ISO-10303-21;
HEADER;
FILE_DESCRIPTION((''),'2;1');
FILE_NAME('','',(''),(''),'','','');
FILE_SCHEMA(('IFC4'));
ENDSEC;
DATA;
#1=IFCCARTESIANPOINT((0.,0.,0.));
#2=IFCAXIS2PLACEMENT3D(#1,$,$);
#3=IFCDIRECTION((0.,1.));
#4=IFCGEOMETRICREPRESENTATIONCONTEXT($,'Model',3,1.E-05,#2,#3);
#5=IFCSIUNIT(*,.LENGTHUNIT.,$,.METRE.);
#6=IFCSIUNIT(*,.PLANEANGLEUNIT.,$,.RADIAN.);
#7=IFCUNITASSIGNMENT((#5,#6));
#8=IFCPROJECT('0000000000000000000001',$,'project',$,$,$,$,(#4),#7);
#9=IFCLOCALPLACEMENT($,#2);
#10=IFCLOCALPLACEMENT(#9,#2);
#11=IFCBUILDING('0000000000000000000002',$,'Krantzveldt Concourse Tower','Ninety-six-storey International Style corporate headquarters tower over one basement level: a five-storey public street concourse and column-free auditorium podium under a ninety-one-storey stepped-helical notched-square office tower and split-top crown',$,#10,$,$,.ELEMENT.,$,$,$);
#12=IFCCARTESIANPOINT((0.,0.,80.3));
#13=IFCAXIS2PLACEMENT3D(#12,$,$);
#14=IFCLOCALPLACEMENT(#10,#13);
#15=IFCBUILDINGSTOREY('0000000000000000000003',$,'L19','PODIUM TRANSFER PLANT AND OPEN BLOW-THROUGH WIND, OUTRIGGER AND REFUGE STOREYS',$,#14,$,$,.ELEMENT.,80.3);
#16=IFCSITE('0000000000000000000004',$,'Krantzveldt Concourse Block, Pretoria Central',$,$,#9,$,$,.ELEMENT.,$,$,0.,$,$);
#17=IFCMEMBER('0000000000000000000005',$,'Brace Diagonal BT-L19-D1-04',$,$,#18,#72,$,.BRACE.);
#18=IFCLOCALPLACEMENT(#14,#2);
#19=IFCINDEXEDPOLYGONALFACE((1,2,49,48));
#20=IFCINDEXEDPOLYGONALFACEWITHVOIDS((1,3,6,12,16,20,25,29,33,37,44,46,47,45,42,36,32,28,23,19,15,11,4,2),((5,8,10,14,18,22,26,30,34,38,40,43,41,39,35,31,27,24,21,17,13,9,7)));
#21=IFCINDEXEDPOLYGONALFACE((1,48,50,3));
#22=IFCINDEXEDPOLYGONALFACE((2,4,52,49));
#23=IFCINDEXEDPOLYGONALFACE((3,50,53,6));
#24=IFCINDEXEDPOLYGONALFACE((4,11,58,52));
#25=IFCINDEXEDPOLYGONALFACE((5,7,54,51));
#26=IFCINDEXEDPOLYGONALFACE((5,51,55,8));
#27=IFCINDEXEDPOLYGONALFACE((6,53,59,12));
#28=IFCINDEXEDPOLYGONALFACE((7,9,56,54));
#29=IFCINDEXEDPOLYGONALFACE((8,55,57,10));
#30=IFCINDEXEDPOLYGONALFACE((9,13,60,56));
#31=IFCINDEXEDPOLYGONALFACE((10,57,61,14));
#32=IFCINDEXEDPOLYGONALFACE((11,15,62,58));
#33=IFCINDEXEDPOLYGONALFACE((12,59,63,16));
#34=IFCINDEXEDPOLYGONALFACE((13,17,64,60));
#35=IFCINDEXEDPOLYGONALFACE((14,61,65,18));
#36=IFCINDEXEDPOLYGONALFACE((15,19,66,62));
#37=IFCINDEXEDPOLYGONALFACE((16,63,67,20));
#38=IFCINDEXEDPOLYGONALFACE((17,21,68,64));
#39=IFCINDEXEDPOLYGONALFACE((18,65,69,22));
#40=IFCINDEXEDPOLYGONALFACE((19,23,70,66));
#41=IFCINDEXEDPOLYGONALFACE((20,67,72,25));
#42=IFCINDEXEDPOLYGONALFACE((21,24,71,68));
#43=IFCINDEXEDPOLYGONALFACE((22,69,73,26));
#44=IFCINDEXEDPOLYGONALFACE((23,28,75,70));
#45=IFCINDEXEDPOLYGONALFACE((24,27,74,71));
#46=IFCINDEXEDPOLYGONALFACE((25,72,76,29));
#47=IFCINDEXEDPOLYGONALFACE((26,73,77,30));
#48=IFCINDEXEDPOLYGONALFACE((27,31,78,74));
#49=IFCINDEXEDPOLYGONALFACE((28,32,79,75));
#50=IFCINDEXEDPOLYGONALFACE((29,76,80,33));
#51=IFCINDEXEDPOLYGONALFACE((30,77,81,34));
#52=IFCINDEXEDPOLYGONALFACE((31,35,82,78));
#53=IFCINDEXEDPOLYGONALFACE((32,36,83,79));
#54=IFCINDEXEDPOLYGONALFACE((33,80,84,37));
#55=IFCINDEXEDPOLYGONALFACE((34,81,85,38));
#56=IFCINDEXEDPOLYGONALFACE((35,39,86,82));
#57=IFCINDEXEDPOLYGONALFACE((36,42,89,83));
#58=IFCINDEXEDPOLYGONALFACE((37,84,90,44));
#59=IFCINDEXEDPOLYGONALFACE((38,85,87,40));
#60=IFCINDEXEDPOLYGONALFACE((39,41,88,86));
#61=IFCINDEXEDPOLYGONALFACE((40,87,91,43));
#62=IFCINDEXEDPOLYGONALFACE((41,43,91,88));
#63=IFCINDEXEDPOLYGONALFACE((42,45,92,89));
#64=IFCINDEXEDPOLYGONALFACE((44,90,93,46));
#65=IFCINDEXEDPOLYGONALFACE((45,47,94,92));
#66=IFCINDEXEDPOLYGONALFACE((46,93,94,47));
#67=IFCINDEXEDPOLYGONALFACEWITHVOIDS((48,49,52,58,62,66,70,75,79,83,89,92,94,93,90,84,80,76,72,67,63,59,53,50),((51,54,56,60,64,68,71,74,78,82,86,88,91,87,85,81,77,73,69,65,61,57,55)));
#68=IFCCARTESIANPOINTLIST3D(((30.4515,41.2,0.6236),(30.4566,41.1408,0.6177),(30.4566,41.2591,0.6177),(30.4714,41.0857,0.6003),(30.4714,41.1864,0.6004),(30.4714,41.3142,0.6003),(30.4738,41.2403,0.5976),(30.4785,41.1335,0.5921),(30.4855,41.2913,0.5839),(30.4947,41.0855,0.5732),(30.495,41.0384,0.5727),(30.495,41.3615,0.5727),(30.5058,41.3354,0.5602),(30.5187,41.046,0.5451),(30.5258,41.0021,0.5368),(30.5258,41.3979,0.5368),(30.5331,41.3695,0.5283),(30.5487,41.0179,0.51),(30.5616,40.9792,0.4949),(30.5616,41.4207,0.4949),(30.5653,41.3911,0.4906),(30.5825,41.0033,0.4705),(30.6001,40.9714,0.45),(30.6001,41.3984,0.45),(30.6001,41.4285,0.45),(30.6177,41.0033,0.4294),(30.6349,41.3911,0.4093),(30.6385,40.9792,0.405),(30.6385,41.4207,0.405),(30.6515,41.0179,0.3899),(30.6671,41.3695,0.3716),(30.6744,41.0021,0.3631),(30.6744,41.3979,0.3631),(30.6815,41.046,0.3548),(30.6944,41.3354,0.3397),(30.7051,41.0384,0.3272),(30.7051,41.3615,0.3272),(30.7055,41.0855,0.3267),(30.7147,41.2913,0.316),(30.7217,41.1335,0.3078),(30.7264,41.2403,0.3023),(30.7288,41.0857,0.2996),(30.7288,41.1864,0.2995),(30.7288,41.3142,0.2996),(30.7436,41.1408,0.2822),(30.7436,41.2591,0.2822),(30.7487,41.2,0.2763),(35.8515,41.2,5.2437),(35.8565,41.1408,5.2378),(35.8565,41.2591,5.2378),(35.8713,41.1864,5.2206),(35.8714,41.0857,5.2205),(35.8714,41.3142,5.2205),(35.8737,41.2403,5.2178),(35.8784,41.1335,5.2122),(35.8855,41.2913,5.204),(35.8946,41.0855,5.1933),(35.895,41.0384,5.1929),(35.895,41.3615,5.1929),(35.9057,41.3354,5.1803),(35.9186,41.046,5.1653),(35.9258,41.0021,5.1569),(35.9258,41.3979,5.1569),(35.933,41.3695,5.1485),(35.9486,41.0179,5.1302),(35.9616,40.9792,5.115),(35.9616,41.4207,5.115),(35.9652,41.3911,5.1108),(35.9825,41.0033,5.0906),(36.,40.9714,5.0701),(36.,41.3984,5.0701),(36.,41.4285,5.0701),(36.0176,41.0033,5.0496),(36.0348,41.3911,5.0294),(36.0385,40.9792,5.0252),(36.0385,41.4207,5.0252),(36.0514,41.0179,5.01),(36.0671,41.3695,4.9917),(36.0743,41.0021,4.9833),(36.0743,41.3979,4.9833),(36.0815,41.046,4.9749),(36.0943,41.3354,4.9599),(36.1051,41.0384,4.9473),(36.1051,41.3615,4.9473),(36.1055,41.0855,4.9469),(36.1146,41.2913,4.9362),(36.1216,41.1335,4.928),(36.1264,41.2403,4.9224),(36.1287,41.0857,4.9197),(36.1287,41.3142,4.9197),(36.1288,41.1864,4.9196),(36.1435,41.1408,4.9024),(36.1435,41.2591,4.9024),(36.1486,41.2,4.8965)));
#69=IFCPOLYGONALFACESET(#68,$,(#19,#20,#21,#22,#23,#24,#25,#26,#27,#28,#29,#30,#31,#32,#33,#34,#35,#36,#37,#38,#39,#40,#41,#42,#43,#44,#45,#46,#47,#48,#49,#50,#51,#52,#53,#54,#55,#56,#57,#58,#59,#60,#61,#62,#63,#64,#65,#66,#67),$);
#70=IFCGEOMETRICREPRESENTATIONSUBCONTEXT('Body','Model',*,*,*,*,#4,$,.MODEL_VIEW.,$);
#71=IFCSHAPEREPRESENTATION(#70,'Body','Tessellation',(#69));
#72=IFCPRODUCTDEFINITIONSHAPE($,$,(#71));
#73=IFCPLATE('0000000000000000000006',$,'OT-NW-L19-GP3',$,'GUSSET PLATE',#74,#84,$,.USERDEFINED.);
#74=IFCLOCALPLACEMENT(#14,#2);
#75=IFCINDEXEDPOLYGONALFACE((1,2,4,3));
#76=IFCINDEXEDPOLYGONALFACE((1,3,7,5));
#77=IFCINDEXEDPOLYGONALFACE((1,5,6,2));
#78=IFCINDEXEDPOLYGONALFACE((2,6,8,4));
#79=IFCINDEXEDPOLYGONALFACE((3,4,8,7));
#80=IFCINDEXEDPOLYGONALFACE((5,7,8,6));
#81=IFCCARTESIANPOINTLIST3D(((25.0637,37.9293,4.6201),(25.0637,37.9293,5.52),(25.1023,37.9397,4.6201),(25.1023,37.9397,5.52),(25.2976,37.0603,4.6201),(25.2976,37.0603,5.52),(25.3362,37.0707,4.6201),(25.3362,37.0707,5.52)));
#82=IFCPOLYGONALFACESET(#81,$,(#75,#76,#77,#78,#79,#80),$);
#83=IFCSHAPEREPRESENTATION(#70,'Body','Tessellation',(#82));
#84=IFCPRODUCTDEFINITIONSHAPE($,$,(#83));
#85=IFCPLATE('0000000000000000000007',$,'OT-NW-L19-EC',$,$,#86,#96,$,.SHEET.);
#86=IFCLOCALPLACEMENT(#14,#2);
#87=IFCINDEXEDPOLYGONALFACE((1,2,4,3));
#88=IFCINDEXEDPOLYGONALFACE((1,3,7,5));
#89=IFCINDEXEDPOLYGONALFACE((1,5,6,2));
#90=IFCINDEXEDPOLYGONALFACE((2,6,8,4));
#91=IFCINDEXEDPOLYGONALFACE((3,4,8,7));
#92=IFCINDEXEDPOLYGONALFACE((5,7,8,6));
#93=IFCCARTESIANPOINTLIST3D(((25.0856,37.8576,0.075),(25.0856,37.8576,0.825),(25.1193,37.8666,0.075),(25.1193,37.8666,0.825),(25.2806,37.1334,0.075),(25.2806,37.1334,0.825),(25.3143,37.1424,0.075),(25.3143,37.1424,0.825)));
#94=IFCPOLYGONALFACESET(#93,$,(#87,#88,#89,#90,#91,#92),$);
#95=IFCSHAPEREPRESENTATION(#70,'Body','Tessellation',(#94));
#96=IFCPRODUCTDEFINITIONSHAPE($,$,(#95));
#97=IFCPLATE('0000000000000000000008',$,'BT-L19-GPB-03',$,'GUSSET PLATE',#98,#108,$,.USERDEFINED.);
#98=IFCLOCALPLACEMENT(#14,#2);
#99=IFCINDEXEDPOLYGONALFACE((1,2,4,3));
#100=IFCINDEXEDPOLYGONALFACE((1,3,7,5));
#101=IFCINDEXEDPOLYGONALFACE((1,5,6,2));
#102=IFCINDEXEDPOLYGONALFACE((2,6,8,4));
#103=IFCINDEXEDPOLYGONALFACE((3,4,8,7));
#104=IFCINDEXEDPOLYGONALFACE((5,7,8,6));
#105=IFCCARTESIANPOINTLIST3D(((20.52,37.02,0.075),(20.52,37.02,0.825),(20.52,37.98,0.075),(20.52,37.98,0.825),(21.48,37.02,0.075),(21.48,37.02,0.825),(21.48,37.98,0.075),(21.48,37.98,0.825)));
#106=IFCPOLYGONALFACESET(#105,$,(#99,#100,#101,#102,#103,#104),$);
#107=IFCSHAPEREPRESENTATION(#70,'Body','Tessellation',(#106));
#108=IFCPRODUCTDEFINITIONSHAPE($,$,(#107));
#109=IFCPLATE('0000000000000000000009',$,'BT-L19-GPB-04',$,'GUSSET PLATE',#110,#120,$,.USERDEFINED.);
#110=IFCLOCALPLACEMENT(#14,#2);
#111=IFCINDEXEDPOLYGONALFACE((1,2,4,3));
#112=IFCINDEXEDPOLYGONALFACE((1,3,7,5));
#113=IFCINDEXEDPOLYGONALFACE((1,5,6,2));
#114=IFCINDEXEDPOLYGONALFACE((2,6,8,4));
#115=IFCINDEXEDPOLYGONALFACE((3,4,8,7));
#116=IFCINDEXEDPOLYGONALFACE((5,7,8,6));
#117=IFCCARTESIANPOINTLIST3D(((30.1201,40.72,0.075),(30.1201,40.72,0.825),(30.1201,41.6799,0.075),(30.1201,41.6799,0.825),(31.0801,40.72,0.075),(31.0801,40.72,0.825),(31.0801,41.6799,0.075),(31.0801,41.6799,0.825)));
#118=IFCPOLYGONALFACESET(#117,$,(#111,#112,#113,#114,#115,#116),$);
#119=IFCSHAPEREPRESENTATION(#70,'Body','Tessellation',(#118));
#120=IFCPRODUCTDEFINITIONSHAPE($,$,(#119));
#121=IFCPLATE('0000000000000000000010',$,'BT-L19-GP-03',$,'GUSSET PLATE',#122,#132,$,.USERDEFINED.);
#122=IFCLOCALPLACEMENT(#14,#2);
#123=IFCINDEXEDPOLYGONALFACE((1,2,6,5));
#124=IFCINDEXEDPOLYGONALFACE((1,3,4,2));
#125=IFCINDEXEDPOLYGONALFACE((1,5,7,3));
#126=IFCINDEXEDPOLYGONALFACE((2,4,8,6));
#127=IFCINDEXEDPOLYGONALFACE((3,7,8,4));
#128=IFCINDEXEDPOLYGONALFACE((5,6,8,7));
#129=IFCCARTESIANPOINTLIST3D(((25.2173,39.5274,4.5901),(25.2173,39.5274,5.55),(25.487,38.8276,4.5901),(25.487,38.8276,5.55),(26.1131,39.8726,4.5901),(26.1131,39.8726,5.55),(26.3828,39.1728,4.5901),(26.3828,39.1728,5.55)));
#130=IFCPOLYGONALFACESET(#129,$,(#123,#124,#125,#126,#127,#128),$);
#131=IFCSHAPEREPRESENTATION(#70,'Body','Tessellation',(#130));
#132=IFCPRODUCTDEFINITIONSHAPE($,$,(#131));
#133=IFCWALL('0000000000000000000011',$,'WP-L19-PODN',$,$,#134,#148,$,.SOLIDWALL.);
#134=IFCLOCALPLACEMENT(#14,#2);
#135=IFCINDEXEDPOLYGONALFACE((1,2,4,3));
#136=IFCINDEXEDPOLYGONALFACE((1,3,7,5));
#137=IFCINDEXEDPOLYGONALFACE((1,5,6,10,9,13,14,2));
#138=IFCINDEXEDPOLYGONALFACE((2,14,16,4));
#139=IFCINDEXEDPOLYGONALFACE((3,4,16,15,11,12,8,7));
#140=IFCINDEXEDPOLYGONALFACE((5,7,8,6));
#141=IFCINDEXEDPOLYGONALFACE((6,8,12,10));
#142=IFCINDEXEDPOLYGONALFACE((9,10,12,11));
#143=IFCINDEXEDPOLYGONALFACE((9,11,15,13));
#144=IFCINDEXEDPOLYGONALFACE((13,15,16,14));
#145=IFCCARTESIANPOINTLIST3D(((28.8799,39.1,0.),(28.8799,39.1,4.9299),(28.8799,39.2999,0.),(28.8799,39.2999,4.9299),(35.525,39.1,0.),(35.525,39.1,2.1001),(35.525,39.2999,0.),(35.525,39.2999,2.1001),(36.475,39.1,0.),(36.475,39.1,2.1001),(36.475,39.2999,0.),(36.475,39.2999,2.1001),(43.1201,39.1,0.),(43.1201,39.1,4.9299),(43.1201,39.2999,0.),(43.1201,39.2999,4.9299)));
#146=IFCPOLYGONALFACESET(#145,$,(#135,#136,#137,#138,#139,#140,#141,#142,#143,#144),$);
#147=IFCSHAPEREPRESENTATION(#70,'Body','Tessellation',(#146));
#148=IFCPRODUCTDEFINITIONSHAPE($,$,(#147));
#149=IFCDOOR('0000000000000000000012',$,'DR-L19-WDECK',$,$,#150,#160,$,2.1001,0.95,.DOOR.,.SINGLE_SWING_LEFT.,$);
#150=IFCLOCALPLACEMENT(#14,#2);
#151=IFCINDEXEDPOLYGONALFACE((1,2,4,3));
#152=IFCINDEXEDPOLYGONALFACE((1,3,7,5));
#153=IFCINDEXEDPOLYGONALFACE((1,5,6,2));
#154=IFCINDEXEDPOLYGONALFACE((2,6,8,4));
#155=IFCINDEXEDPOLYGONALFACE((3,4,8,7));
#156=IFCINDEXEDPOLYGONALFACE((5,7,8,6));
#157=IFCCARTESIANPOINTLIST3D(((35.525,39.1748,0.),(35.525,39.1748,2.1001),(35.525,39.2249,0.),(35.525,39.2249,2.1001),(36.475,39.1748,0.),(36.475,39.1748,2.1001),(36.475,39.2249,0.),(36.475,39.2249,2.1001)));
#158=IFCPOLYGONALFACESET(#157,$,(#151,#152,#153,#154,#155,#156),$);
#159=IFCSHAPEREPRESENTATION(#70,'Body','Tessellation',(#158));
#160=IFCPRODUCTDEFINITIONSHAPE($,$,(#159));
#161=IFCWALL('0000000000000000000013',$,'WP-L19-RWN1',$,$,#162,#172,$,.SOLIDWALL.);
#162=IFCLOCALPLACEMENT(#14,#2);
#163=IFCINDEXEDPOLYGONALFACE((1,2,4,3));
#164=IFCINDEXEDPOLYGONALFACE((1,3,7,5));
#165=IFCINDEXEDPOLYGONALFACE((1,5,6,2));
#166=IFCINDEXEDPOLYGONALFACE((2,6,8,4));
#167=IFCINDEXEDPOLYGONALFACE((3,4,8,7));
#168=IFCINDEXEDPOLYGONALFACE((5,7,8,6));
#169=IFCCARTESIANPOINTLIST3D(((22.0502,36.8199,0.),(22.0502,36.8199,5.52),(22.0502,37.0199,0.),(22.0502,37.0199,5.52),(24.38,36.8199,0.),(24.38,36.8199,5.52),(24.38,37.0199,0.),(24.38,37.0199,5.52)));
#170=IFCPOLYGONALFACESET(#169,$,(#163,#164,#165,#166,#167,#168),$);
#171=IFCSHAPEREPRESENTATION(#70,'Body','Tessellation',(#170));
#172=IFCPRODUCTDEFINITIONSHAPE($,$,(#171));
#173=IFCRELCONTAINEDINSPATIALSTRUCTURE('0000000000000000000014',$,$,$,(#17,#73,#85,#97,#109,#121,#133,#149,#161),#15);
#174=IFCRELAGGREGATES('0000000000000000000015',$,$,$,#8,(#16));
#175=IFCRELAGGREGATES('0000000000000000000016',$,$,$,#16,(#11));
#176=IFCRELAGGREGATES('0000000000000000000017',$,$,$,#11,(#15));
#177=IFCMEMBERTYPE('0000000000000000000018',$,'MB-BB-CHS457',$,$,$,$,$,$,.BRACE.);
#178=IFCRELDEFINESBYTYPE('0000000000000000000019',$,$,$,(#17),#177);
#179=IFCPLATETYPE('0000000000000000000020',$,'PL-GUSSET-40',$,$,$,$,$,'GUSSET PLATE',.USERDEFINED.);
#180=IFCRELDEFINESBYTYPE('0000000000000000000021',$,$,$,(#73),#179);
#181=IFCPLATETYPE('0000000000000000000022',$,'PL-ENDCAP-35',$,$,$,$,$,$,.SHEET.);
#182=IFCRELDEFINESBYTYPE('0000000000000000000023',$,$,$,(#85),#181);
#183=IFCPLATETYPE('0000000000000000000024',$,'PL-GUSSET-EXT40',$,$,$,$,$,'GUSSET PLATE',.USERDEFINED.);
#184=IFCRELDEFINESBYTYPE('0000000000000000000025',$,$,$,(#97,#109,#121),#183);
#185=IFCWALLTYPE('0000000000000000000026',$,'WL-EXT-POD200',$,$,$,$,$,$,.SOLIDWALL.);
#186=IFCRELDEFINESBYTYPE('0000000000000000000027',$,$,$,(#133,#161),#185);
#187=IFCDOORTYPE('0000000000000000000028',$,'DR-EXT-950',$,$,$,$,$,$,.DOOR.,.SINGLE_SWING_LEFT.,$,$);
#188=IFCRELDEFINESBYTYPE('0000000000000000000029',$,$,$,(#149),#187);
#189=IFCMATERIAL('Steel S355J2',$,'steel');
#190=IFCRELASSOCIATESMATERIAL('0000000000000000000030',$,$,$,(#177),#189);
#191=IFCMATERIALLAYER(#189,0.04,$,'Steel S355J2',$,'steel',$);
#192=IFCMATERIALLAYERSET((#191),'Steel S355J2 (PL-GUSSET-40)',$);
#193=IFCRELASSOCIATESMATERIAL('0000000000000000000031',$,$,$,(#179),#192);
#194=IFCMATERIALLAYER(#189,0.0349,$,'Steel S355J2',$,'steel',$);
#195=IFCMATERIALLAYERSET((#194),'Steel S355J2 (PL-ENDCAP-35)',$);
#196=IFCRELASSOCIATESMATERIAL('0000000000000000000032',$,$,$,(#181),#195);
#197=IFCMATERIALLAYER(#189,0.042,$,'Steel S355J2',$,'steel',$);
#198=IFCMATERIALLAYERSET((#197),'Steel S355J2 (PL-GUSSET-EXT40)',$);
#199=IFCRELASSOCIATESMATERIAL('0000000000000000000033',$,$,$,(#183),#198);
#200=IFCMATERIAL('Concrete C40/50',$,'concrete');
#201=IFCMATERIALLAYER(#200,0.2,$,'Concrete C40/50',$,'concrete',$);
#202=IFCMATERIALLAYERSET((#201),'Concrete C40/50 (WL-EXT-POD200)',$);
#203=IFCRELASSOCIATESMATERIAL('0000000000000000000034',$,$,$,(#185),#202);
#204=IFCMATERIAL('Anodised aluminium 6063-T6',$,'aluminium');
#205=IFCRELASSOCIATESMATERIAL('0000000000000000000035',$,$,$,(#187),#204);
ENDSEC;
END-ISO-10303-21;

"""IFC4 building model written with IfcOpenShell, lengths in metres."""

from ifc_helpers import new_model, si_unit, direction, frame, frame_2d, origin, origin_2d, place, context, subcontext, project, spatial, rectangle, hollow_circle, extrude, source, transform, mapped, material, layer, layer_set, material_profile, profile_set, type_object, type_shapes, element, fill, save


model = new_model("IFC4")

# Units and contexts
model_context = context("Model", 3, precision=1e-05, world=origin(), true_north=direction((0.0, 1.0)))
body_context = subcontext(model_context, "Body", "Model", "MODEL_VIEW")
ifc_project = project(units=[si_unit("LENGTHUNIT", "METRE"), si_unit("PLANEANGLEUNIT", "RADIAN")], contexts=[model_context])

# Site, building, storey
site_placement = place(None, origin())
site = spatial("IfcSite", under=ifc_project, at=site_placement, Name="Krantzveldt Concourse Block, Pretoria Central", CompositionType="ELEMENT", RefElevation=0.0)
building_placement = place(site_placement, origin())
building = spatial("IfcBuilding", under=site, at=building_placement, Name="Krantzveldt Concourse Tower", Description="Ninety-six-storey International Style corporate headquarters tower over one basement level: a five-storey public street concourse and column-free auditorium podium under a ninety-one-storey stepped-helical notched-square office tower and split-top crown", CompositionType="ELEMENT")
storey_placement = place(building_placement, frame((0.0, 0.0, 80.3)))
storey = spatial("IfcBuildingStorey", under=building, at=storey_placement, Name="L19", Description="PODIUM TRANSFER PLANT AND OPEN BLOW-THROUGH WIND, OUTRIGGER AND REFUGE STOREYS", CompositionType="ELEMENT", Elevation=80.3)

# Shared definitions
ifc_material_1 = material(Name="Steel S355J2", Category="steel")

# Member
ifc_material_profile_1 = material_profile(ifc_material_1, hollow_circle(Radius=0.2285, WallThickness=0.03, at=origin_2d()), Name="Steel S355J2", Category="steel")
ifc_profile_set_1 = profile_set([ifc_material_profile_1], Name="Steel S355J2 - CHS 457x30")
member_type_1 = type_object("IfcMemberType", Name="MB-BB-CHS457", PredefinedType="BRACE", material=ifc_profile_set_1)
shared_shape_1 = source(origin(), body_context, "Body", "SweptSolid", [
    extrude(hollow_circle(Radius=0.2285, WallThickness=0.03, at=origin_2d()), origin(), (0.0, 0.0, 1.0), 7.1067),
])
member_1_placement = place(storey_placement, frame((30.6001, 41.2, 0.45), z_axis=(0.759838, 0.0, 0.650112), x_axis=(0.0, 1.0, 0.0)))
element("IfcMember", 1, at=member_1_placement, inside=storey, type_object=member_type_1, Name="Brace Diagonal BT-L19-D1-04", PredefinedType="BRACE", context=body_context, shape_type="MappedRepresentation", body=[
    mapped(shared_shape_1, transform((0.0, 0.0, 0.0), x_axis=(1.0, 0.0, 0.0), y_axis=(0.0, 1.0, 0.0), z_axis=(0.0, 0.0, 1.0), scale=1.0)),
])

# Plates
ifc_layer_1 = layer(ifc_material_1, 0.04, Name="Steel S355J2", Category="steel")
ifc_layer_set_1 = layer_set([ifc_layer_1], Name="Steel S355J2 (PL-GUSSET-40)")
plate_type_1 = type_object("IfcPlateType", Name="PL-GUSSET-40", ElementType="GUSSET PLATE", PredefinedType="USERDEFINED", material=ifc_layer_set_1)
shared_shape_2 = source(origin(), body_context, "Body", "SweptSolid", [
    extrude(rectangle(XDim=0.8999, YDim=0.04, at=origin_2d()), origin(), (0.0, 0.0, 1.0), 0.8999),
])
type_shapes(plate_type_1, [shared_shape_2])
plate_1_placement = place(storey_placement, frame((25.2, 37.5, 4.6201), z_axis=(0.0, 0.0, 1.0), x_axis=(-0.259915, 0.965632, 0.0)))
element("IfcPlate", 2, at=plate_1_placement, inside=storey, type_object=plate_type_1, Name="OT-NW-L19-GP3", ObjectType="GUSSET PLATE", PredefinedType="USERDEFINED", context=body_context, shape_type="MappedRepresentation", body=[
    mapped(shared_shape_2, transform((0.0, 0.0, 0.0), x_axis=(1.0, 0.0, 0.0), y_axis=(0.0, 1.0, 0.0), z_axis=(0.0, 0.0, 1.0), scale=1.0)),
])
ifc_layer_2 = layer(ifc_material_1, 0.0349, Name="Steel S355J2", Category="steel")
ifc_layer_set_2 = layer_set([ifc_layer_2], Name="Steel S355J2 (PL-ENDCAP-35)")
plate_type_2 = type_object("IfcPlateType", Name="PL-ENDCAP-35", PredefinedType="SHEET", material=ifc_layer_set_2)
shared_shape_3 = source(origin(), body_context, "Body", "SweptSolid", [
    extrude(rectangle(XDim=0.75, YDim=0.0349, at=origin_2d()), origin(), (0.0, 0.0, 1.0), 0.75),
])
type_shapes(plate_type_2, [shared_shape_3])
plate_2_placement = place(storey_placement, frame((25.2, 37.5, 0.075), z_axis=(0.0, 0.0, 1.0), x_axis=(-0.259915, 0.965632, 0.0)))
element("IfcPlate", 3, at=plate_2_placement, inside=storey, type_object=plate_type_2, Name="OT-NW-L19-EC", PredefinedType="SHEET", context=body_context, shape_type="MappedRepresentation", body=[
    mapped(shared_shape_3, transform((0.0, 0.0, 0.0), x_axis=(1.0, 0.0, 0.0), y_axis=(0.0, 1.0, 0.0), z_axis=(0.0, 0.0, 1.0), scale=1.0)),
])
ifc_layer_3 = layer(ifc_material_1, 0.042, Name="Steel S355J2", Category="steel")
ifc_layer_set_3 = layer_set([ifc_layer_3], Name="Steel S355J2 (PL-GUSSET-EXT40)")
plate_type_3 = type_object("IfcPlateType", Name="PL-GUSSET-EXT40", ElementType="GUSSET PLATE", PredefinedType="USERDEFINED", material=ifc_layer_set_3)
shared_shape_4 = source(origin(), body_context, "Body", "SweptSolid", [
    extrude(rectangle(XDim=0.96, YDim=0.96, at=origin_2d()), origin(), (0.0, 0.0, 1.0), 0.75),
])
for number, where, z_axis, x_axis, name in (
    (4, (21.0, 37.5, 0.075), (0.0, 0.0, 1.0), (1.0, 0.0, 0.0), "BT-L19-GPB-03"),
    (5, (30.6001, 41.2, 0.075), (0.0, 0.0, 1.0), (1.0, 0.0, 0.0), "BT-L19-GPB-04"),
):
    element("IfcPlate", number, at=place(storey_placement, frame(where, z_axis=z_axis, x_axis=x_axis)), inside=storey, type_object=plate_type_3, Name=name, ObjectType="GUSSET PLATE", PredefinedType="USERDEFINED", context=body_context, shape_type="MappedRepresentation", body=[
        mapped(shared_shape_4, transform((0.0, 0.0, 0.0), x_axis=(1.0, 0.0, 0.0), y_axis=(0.0, 1.0, 0.0), z_axis=(0.0, 0.0, 1.0), scale=1.0)),
    ])
shared_shape_5 = source(origin(), body_context, "Body", "SweptSolid", [
    extrude(rectangle(XDim=0.96, YDim=0.75, at=origin_2d()), origin(), (0.0, 0.0, 1.0), 0.96),
])
type_shapes(plate_type_3, [shared_shape_4, shared_shape_5])
plate_3_placement = place(storey_placement, frame((25.8, 39.3501, 4.5901), z_axis=(0.0, 0.0, 1.0), x_axis=(0.933098, 0.359622, 0.0)))
element("IfcPlate", 6, at=plate_3_placement, inside=storey, type_object=plate_type_3, Name="BT-L19-GP-03", ObjectType="GUSSET PLATE", PredefinedType="USERDEFINED", context=body_context, shape_type="MappedRepresentation", body=[
    mapped(shared_shape_5, transform((0.0, 0.0, 0.0), x_axis=(1.0, 0.0, 0.0), y_axis=(0.0, 1.0, 0.0), z_axis=(0.0, 0.0, 1.0), scale=1.0)),
])

# Wall, opening, door
ifc_material_2 = material(Name="Concrete C40/50", Category="concrete")
ifc_layer_4 = layer(ifc_material_2, 0.2, Name="Concrete C40/50", Category="concrete")
ifc_layer_set_4 = layer_set([ifc_layer_4], Name="Concrete C40/50 (WL-EXT-POD200)")
wall_type_1 = type_object("IfcWallType", Name="WL-EXT-POD200", PredefinedType="SOLIDWALL", material=ifc_layer_set_4)
wall_1_placement = place(storey_placement, frame((28.8799, 39.2, 0.0), z_axis=(0.0, 0.0, 1.0), x_axis=(1.0, 0.0, 0.0)))
wall_1 = element("IfcWall", 7, at=wall_1_placement, inside=storey, type_object=wall_type_1, Name="WP-L19-PODN", PredefinedType="SOLIDWALL", context=body_context, shape_type="SweptSolid", body=[
    extrude(rectangle(XDim=14.2402, YDim=0.2, at=frame_2d((7.1201, 0.0))), origin(), (0.0, 0.0, 1.0), 4.9299),
])
opening_placement = place(wall_1_placement, frame((6.645, 0.0, 0.0)))
opening = element("IfcOpeningElement", 8, at=opening_placement, cuts=wall_1, PredefinedType="OPENING", context=body_context, shape_type="SweptSolid", body=[
    extrude(rectangle(XDim=0.95, YDim=2.1001, at=frame_2d((0.4751, 1.05))), frame((0.0, 0.1099, 0.0), z_axis=(0.0, -1.0, 0.0), x_axis=(1.0, 0.0, 0.0)), (0.0, 0.0, 1.0), 0.22),
])
ifc_material_3 = material(Name="Anodised aluminium 6063-T6", Category="aluminium")
door_type = type_object("IfcDoorType", Name="DR-EXT-950", OperationType="SINGLE_SWING_LEFT", PredefinedType="DOOR", material=ifc_material_3)
door_placement = place(opening_placement, origin())
door = element("IfcDoor", 9, at=door_placement, inside=storey, type_object=door_type, Name="DR-L19-WDECK", OperationType="SINGLE_SWING_LEFT", OverallHeight=2.1001, OverallWidth=0.95, PredefinedType="DOOR", context=body_context, shape_type="SweptSolid", body=[
    extrude(rectangle(XDim=0.95, YDim=2.1001, at=frame_2d((0.4751, 1.05))), frame((0.0, 0.0249, 0.0), z_axis=(0.0, -1.0, 0.0), x_axis=(1.0, 0.0, 0.0)), (0.0, 0.0, 1.0), 0.05),
])
fill(opening, door)

# Wall
wall_2_placement = place(storey_placement, frame((22.05, 36.9199, 0.0), z_axis=(0.0, 0.0, 1.0), x_axis=(1.0, 0.0, 0.0)))
element("IfcWall", 10, at=wall_2_placement, inside=storey, type_object=wall_type_1, Name="WP-L19-RWN1", PredefinedType="SOLIDWALL", context=body_context, shape_type="SweptSolid", body=[
    extrude(rectangle(XDim=2.3298, YDim=0.2, at=frame_2d((1.165, 0.0))), origin(), (0.0, 0.0, 1.0), 5.52),
])

save(model, "model.ifc")
